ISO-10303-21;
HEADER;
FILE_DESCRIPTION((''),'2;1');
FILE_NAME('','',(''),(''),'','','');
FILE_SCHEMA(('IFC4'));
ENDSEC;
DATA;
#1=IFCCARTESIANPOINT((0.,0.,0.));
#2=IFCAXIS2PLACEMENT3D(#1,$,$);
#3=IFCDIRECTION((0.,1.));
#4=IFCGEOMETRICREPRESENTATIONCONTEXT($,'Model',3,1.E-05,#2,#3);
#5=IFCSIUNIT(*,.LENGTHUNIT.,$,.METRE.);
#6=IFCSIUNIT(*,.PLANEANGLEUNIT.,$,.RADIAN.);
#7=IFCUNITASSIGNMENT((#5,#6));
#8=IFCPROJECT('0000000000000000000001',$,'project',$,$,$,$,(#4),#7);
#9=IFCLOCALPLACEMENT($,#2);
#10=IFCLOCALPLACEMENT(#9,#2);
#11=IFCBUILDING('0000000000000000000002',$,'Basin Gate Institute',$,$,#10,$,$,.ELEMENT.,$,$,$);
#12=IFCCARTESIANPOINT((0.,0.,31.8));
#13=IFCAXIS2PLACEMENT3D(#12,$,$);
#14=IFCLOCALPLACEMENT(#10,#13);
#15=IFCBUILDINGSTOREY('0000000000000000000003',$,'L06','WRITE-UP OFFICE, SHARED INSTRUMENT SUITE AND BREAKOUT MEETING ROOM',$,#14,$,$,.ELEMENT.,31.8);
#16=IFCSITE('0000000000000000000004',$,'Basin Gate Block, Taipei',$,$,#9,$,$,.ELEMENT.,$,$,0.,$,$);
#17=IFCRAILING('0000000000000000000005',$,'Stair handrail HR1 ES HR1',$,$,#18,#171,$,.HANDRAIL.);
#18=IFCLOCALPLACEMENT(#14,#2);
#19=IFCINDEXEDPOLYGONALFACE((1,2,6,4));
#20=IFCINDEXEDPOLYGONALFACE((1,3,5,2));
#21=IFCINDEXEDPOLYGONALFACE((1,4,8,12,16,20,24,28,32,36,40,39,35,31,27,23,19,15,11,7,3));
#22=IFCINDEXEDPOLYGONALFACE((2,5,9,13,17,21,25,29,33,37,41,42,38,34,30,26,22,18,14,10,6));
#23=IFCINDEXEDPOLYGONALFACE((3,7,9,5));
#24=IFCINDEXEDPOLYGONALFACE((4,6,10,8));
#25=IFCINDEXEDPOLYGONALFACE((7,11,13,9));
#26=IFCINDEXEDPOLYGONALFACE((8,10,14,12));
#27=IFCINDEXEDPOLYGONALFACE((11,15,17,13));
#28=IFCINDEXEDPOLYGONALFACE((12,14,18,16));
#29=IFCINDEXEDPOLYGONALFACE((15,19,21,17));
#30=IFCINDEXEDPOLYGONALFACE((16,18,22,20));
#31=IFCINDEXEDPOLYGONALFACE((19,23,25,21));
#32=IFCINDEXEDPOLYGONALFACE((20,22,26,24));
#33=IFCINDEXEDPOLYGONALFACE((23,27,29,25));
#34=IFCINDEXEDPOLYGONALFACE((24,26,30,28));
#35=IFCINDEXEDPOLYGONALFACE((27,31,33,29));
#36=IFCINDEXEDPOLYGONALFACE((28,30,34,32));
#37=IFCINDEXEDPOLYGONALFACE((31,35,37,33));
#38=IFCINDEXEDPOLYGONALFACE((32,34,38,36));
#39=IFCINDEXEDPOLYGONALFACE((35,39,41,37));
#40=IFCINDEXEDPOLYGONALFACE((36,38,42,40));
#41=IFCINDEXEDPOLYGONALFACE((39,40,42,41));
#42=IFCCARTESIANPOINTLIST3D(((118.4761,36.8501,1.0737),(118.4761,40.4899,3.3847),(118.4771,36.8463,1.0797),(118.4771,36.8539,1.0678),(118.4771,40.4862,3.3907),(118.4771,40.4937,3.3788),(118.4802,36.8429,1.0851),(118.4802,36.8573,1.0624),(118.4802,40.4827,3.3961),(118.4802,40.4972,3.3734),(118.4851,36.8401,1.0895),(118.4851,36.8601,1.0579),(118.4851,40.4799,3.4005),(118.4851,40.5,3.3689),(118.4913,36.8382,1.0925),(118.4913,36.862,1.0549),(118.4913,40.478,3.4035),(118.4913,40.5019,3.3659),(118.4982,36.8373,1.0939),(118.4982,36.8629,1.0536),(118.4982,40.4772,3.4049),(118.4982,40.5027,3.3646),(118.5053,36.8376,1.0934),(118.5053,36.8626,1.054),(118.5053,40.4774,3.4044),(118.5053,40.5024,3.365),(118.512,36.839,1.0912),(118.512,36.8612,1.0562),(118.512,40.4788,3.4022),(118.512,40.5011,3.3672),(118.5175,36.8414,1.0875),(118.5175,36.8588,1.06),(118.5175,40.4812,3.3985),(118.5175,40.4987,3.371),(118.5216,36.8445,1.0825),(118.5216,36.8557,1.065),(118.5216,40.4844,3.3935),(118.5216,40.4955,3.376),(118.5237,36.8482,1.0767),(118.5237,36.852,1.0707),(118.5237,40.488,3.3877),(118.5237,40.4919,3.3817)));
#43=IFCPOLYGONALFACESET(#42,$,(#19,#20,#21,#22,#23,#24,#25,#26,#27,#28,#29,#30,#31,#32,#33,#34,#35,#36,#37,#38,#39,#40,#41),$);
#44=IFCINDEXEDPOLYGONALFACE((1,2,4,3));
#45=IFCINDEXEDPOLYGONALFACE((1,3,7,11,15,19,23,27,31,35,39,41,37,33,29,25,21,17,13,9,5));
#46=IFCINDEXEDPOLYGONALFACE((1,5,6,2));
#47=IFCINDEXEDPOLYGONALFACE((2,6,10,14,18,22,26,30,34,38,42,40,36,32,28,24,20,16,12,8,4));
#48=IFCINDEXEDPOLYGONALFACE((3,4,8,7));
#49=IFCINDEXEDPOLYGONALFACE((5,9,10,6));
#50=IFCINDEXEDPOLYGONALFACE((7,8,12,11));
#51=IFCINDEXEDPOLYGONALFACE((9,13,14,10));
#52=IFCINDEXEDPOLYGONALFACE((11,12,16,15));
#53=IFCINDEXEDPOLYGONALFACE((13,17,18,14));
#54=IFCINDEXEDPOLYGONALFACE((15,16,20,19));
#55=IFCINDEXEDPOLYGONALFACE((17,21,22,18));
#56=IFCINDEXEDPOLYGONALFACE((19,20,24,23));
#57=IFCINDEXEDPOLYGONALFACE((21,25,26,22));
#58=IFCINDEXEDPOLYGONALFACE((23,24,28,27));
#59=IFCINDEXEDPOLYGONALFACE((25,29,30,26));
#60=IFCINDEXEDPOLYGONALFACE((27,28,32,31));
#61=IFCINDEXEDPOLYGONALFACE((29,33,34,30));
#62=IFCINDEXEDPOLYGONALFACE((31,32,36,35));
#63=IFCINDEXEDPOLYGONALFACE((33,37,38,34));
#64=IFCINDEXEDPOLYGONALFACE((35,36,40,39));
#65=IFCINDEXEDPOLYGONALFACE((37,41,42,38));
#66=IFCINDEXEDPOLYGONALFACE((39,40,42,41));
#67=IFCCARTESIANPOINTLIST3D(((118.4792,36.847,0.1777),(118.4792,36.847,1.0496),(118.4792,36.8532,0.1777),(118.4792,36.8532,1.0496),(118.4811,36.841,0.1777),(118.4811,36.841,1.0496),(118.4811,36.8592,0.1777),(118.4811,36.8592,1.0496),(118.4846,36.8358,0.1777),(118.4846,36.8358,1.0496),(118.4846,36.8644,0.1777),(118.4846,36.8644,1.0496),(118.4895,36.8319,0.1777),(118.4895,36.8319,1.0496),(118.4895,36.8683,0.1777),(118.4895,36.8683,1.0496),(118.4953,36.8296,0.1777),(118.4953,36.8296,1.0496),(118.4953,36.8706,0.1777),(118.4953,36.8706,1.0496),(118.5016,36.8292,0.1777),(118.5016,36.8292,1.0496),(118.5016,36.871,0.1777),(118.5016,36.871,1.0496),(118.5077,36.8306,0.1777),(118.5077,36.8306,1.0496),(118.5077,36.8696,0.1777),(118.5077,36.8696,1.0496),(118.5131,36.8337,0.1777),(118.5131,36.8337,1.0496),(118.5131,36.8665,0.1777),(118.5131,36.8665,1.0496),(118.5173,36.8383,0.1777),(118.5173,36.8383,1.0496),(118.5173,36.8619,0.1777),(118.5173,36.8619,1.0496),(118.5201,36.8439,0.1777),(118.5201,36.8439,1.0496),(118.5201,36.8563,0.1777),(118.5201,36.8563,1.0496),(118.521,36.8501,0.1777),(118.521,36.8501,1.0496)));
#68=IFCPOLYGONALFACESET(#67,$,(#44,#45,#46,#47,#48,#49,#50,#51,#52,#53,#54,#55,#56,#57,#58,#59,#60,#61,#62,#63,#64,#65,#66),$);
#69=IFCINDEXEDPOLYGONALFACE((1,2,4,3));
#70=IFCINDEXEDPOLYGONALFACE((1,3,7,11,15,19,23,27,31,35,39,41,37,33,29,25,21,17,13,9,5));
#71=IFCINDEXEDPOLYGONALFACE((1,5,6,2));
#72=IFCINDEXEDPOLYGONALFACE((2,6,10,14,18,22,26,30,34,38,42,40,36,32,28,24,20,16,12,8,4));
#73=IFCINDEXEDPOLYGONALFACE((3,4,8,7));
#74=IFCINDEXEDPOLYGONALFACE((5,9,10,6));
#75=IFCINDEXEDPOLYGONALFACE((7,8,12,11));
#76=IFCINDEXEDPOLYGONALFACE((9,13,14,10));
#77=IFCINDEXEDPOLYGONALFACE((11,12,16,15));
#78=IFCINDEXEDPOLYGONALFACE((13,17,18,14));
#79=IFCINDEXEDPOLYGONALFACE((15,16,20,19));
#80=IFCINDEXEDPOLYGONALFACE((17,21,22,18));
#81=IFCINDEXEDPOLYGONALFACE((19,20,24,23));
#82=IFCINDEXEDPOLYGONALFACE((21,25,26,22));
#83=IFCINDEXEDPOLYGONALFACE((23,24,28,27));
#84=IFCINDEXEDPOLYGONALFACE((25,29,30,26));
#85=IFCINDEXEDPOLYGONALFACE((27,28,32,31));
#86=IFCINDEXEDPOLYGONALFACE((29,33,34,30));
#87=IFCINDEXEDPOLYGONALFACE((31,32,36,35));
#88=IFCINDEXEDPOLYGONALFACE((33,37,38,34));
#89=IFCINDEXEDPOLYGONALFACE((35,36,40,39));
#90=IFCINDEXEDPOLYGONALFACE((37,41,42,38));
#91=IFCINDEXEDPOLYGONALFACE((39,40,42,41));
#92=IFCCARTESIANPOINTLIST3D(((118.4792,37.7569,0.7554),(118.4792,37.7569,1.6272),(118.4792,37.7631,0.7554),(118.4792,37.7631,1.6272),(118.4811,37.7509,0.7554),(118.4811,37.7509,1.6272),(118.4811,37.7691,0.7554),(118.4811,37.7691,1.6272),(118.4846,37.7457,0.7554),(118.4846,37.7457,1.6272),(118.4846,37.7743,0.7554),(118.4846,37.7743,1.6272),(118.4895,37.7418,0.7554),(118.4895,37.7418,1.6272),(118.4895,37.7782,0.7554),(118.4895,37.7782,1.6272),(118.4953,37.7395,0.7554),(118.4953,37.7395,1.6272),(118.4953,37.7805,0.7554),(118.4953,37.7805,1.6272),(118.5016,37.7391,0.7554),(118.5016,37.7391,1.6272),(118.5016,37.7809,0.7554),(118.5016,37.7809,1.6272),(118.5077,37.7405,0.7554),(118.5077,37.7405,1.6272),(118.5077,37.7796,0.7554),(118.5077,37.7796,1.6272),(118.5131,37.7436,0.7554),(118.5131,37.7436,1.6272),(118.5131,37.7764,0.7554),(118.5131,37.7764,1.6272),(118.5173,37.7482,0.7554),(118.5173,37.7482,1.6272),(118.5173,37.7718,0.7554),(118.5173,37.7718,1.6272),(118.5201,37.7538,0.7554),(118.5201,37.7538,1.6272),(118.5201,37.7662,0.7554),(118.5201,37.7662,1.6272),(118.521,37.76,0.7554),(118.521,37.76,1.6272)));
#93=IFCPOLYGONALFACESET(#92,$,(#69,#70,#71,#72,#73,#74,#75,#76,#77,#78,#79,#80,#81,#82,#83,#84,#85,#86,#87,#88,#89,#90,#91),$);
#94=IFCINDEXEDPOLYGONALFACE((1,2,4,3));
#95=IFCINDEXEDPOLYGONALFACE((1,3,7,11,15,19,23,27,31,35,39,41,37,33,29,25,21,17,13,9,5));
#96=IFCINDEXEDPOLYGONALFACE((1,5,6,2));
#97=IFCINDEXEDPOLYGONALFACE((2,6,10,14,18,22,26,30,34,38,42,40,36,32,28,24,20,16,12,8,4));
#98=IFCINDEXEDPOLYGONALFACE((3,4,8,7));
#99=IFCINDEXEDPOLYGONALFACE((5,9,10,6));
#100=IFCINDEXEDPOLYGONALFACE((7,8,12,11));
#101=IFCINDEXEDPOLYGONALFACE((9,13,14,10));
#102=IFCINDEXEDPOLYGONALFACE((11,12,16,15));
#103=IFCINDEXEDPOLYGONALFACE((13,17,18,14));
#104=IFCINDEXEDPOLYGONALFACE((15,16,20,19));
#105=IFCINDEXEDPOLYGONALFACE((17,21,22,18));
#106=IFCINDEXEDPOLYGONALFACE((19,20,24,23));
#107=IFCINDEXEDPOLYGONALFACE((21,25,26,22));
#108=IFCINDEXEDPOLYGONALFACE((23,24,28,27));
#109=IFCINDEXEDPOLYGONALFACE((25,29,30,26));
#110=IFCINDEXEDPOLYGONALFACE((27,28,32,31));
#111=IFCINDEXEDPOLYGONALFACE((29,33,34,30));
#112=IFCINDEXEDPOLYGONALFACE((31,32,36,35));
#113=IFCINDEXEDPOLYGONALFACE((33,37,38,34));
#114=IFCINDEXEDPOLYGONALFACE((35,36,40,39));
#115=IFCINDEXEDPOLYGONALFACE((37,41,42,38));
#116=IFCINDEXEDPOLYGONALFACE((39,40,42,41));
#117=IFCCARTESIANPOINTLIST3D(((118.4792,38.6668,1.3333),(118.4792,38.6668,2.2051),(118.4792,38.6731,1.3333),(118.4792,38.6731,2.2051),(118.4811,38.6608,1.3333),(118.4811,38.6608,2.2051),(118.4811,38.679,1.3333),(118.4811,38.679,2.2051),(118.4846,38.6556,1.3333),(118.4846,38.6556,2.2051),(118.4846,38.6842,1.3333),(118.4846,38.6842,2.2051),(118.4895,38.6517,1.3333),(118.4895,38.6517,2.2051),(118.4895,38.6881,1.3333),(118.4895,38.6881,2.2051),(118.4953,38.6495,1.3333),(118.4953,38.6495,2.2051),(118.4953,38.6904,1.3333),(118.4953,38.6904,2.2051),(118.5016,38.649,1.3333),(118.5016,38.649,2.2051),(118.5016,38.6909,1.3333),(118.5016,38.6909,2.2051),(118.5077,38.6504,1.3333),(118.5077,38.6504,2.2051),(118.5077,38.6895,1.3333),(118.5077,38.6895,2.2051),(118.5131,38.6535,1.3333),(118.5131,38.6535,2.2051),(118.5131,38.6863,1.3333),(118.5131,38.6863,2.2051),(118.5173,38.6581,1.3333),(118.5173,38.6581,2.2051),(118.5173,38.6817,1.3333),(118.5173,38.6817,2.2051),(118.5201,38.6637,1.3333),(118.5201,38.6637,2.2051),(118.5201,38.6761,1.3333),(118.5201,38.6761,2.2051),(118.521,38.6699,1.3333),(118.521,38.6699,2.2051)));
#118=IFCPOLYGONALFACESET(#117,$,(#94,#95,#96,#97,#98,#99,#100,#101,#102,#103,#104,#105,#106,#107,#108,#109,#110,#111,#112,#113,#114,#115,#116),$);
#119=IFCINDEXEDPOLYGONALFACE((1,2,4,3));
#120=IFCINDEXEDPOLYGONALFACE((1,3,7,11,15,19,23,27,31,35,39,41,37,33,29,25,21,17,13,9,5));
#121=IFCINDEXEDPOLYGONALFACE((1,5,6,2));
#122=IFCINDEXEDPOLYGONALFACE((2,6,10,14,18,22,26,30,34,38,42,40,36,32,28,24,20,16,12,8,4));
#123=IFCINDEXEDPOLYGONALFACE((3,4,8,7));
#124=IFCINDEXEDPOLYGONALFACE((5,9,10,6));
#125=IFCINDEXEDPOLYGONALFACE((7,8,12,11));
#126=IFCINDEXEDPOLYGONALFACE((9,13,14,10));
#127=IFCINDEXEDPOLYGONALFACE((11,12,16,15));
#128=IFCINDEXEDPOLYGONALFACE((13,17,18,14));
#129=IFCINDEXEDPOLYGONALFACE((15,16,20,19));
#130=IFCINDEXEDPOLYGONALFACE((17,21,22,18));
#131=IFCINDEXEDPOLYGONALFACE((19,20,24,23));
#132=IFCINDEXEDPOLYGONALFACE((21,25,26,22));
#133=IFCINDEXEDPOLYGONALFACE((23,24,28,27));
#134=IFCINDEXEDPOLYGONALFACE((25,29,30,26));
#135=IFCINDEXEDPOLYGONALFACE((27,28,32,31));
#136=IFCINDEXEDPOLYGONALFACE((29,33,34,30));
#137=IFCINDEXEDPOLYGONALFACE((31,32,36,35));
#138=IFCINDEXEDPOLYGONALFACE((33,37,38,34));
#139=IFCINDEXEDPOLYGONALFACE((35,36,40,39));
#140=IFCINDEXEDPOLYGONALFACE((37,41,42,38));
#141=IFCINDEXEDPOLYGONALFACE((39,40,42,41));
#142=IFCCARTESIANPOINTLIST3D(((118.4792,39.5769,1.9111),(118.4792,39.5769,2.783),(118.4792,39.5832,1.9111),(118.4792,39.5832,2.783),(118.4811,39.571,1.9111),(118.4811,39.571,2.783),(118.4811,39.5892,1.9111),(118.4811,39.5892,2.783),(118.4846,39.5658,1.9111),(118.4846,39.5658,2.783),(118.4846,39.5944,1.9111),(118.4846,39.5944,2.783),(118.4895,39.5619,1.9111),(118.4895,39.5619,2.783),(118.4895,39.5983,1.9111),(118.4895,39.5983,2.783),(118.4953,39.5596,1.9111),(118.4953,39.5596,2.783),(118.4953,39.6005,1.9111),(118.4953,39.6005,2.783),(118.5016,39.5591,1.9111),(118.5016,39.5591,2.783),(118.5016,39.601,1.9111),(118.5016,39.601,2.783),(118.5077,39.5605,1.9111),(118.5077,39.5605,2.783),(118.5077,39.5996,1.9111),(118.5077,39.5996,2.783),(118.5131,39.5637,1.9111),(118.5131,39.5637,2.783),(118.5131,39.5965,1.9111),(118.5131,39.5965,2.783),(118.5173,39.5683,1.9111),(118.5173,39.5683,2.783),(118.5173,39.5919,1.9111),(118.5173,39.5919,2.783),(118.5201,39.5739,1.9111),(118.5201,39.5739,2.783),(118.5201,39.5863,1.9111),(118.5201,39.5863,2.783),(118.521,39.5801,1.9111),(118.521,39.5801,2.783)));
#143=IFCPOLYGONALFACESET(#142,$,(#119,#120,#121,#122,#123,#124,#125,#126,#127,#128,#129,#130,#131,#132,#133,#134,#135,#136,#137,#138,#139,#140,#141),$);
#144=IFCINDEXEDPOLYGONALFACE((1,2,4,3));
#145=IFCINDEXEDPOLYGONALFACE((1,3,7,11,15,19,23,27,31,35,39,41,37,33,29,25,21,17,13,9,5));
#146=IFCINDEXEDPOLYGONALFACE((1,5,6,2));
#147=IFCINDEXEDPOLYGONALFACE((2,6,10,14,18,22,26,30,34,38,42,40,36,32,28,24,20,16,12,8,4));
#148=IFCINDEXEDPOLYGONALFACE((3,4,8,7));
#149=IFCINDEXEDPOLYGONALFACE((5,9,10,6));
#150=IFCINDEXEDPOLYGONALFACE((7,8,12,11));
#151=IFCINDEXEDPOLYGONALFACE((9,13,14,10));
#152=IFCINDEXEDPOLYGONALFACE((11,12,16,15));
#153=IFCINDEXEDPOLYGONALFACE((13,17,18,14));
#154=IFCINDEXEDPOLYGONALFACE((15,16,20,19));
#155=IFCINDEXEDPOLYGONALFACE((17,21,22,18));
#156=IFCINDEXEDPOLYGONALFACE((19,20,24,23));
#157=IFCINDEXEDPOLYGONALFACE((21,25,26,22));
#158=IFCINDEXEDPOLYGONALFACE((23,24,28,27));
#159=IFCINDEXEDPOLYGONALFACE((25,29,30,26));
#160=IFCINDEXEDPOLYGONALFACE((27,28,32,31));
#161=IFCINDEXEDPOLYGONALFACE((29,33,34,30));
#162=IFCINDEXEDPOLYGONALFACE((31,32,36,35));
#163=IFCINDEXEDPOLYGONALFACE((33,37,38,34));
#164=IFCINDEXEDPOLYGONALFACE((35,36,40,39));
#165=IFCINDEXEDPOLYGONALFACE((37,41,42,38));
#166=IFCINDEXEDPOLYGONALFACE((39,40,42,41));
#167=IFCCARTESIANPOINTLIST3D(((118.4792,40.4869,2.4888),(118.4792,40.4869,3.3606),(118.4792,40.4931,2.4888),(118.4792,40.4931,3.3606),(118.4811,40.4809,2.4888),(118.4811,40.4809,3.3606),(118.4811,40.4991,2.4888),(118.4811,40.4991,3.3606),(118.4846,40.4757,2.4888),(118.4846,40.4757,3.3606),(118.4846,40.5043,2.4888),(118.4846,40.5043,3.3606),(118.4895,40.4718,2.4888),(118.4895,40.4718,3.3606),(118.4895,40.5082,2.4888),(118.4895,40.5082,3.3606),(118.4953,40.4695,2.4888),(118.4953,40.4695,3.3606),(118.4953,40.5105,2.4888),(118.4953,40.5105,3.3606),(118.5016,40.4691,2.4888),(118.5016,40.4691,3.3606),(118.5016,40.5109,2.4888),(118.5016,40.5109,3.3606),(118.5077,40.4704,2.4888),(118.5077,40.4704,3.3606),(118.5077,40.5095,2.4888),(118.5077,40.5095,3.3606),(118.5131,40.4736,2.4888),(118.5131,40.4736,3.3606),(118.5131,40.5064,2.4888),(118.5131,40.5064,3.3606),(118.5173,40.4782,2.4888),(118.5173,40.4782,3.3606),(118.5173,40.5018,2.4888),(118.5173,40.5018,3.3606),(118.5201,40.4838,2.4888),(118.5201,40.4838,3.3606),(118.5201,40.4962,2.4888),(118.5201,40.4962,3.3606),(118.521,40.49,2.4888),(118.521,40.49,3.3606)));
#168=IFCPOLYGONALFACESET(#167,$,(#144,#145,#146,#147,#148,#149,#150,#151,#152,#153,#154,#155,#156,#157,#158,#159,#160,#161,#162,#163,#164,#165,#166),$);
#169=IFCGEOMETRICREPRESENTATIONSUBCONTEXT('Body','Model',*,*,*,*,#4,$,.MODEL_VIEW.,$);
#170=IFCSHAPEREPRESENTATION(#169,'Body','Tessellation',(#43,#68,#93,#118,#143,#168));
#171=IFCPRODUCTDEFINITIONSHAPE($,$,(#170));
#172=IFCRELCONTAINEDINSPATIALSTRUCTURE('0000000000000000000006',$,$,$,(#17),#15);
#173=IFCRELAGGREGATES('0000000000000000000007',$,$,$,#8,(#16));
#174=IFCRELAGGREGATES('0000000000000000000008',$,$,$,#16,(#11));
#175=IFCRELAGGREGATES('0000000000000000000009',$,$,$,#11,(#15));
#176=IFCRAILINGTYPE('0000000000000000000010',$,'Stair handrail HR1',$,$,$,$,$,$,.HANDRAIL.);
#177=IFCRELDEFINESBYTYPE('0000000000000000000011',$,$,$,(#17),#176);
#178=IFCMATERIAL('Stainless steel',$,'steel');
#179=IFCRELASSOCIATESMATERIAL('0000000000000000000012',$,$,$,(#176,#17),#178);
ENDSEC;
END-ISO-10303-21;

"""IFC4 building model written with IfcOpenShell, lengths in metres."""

from ifc_helpers import new_model, si_unit, direction, frame, origin, origin_2d, place, context, subcontext, project, spatial, circle, extrude, material, type_object, element, save


model = new_model("IFC4")

# Units and contexts
model_context = context("Model", 3, precision=1e-05, world=origin(), true_north=direction((0.0, 1.0)))
body_context = subcontext(model_context, "Body", "Model", "MODEL_VIEW")
ifc_project = project(units=[si_unit("LENGTHUNIT", "METRE"), si_unit("PLANEANGLEUNIT", "RADIAN")], contexts=[model_context])

# Site, building, storey
site_placement = place(None, origin())
site = spatial("IfcSite", under=ifc_project, at=site_placement, Name="Basin Gate Block, Taipei", CompositionType="ELEMENT", RefElevation=0.0)
building_placement = place(site_placement, origin())
building = spatial("IfcBuilding", under=site, at=building_placement, Name="Basin Gate Institute", CompositionType="ELEMENT")
storey_placement = place(building_placement, frame((0.0, 0.0, 31.8)))
storey = spatial("IfcBuildingStorey", under=building, at=storey_placement, Name="L06", Description="WRITE-UP OFFICE, SHARED INSTRUMENT SUITE AND BREAKOUT MEETING ROOM", CompositionType="ELEMENT", Elevation=31.8)

# Railing
ifc_material_1 = material(Name="Stainless steel", Category="steel")
railing_type_1 = type_object("IfcRailingType", Name="Stair handrail HR1", PredefinedType="HANDRAIL", material=ifc_material_1)
railing_1_placement = place(storey_placement, frame((118.5, 36.8501, 0.1777)))
element("IfcRailing", 1, at=railing_1_placement, inside=storey, type_object=railing_type_1, material=ifc_material_1, Name="Stair handrail HR1 ES HR1", PredefinedType="HANDRAIL", context=body_context, shape_type="SweptSolid", body=[
    extrude(circle(Radius=0.0239, at=origin_2d()), frame((0.0, 0.0, 0.896), z_axis=(0.0, 0.844214, 0.536007), x_axis=(-1.0, 0.0, 0.0)), (0.0, 0.0, 1.0), 4.3115),
    extrude(circle(Radius=0.021, at=origin_2d()), origin(), (0.0, 0.0, 1.0), 0.8718),
    extrude(circle(Radius=0.021, at=origin_2d()), frame((0.0, 0.9099, 0.5776)), (0.0, 0.0, 1.0), 0.8718),
    extrude(circle(Radius=0.021, at=origin_2d()), frame((0.0, 1.8198, 1.1555)), (0.0, 0.0, 1.0), 0.8718),
    extrude(circle(Radius=0.021, at=origin_2d()), frame((0.0, 2.73, 1.7334)), (0.0, 0.0, 1.0), 0.8718),
    extrude(circle(Radius=0.021, at=origin_2d()), frame((0.0, 3.6399, 2.311)), (0.0, 0.0, 1.0), 0.8718),
])

save(model, "model.ifc")
